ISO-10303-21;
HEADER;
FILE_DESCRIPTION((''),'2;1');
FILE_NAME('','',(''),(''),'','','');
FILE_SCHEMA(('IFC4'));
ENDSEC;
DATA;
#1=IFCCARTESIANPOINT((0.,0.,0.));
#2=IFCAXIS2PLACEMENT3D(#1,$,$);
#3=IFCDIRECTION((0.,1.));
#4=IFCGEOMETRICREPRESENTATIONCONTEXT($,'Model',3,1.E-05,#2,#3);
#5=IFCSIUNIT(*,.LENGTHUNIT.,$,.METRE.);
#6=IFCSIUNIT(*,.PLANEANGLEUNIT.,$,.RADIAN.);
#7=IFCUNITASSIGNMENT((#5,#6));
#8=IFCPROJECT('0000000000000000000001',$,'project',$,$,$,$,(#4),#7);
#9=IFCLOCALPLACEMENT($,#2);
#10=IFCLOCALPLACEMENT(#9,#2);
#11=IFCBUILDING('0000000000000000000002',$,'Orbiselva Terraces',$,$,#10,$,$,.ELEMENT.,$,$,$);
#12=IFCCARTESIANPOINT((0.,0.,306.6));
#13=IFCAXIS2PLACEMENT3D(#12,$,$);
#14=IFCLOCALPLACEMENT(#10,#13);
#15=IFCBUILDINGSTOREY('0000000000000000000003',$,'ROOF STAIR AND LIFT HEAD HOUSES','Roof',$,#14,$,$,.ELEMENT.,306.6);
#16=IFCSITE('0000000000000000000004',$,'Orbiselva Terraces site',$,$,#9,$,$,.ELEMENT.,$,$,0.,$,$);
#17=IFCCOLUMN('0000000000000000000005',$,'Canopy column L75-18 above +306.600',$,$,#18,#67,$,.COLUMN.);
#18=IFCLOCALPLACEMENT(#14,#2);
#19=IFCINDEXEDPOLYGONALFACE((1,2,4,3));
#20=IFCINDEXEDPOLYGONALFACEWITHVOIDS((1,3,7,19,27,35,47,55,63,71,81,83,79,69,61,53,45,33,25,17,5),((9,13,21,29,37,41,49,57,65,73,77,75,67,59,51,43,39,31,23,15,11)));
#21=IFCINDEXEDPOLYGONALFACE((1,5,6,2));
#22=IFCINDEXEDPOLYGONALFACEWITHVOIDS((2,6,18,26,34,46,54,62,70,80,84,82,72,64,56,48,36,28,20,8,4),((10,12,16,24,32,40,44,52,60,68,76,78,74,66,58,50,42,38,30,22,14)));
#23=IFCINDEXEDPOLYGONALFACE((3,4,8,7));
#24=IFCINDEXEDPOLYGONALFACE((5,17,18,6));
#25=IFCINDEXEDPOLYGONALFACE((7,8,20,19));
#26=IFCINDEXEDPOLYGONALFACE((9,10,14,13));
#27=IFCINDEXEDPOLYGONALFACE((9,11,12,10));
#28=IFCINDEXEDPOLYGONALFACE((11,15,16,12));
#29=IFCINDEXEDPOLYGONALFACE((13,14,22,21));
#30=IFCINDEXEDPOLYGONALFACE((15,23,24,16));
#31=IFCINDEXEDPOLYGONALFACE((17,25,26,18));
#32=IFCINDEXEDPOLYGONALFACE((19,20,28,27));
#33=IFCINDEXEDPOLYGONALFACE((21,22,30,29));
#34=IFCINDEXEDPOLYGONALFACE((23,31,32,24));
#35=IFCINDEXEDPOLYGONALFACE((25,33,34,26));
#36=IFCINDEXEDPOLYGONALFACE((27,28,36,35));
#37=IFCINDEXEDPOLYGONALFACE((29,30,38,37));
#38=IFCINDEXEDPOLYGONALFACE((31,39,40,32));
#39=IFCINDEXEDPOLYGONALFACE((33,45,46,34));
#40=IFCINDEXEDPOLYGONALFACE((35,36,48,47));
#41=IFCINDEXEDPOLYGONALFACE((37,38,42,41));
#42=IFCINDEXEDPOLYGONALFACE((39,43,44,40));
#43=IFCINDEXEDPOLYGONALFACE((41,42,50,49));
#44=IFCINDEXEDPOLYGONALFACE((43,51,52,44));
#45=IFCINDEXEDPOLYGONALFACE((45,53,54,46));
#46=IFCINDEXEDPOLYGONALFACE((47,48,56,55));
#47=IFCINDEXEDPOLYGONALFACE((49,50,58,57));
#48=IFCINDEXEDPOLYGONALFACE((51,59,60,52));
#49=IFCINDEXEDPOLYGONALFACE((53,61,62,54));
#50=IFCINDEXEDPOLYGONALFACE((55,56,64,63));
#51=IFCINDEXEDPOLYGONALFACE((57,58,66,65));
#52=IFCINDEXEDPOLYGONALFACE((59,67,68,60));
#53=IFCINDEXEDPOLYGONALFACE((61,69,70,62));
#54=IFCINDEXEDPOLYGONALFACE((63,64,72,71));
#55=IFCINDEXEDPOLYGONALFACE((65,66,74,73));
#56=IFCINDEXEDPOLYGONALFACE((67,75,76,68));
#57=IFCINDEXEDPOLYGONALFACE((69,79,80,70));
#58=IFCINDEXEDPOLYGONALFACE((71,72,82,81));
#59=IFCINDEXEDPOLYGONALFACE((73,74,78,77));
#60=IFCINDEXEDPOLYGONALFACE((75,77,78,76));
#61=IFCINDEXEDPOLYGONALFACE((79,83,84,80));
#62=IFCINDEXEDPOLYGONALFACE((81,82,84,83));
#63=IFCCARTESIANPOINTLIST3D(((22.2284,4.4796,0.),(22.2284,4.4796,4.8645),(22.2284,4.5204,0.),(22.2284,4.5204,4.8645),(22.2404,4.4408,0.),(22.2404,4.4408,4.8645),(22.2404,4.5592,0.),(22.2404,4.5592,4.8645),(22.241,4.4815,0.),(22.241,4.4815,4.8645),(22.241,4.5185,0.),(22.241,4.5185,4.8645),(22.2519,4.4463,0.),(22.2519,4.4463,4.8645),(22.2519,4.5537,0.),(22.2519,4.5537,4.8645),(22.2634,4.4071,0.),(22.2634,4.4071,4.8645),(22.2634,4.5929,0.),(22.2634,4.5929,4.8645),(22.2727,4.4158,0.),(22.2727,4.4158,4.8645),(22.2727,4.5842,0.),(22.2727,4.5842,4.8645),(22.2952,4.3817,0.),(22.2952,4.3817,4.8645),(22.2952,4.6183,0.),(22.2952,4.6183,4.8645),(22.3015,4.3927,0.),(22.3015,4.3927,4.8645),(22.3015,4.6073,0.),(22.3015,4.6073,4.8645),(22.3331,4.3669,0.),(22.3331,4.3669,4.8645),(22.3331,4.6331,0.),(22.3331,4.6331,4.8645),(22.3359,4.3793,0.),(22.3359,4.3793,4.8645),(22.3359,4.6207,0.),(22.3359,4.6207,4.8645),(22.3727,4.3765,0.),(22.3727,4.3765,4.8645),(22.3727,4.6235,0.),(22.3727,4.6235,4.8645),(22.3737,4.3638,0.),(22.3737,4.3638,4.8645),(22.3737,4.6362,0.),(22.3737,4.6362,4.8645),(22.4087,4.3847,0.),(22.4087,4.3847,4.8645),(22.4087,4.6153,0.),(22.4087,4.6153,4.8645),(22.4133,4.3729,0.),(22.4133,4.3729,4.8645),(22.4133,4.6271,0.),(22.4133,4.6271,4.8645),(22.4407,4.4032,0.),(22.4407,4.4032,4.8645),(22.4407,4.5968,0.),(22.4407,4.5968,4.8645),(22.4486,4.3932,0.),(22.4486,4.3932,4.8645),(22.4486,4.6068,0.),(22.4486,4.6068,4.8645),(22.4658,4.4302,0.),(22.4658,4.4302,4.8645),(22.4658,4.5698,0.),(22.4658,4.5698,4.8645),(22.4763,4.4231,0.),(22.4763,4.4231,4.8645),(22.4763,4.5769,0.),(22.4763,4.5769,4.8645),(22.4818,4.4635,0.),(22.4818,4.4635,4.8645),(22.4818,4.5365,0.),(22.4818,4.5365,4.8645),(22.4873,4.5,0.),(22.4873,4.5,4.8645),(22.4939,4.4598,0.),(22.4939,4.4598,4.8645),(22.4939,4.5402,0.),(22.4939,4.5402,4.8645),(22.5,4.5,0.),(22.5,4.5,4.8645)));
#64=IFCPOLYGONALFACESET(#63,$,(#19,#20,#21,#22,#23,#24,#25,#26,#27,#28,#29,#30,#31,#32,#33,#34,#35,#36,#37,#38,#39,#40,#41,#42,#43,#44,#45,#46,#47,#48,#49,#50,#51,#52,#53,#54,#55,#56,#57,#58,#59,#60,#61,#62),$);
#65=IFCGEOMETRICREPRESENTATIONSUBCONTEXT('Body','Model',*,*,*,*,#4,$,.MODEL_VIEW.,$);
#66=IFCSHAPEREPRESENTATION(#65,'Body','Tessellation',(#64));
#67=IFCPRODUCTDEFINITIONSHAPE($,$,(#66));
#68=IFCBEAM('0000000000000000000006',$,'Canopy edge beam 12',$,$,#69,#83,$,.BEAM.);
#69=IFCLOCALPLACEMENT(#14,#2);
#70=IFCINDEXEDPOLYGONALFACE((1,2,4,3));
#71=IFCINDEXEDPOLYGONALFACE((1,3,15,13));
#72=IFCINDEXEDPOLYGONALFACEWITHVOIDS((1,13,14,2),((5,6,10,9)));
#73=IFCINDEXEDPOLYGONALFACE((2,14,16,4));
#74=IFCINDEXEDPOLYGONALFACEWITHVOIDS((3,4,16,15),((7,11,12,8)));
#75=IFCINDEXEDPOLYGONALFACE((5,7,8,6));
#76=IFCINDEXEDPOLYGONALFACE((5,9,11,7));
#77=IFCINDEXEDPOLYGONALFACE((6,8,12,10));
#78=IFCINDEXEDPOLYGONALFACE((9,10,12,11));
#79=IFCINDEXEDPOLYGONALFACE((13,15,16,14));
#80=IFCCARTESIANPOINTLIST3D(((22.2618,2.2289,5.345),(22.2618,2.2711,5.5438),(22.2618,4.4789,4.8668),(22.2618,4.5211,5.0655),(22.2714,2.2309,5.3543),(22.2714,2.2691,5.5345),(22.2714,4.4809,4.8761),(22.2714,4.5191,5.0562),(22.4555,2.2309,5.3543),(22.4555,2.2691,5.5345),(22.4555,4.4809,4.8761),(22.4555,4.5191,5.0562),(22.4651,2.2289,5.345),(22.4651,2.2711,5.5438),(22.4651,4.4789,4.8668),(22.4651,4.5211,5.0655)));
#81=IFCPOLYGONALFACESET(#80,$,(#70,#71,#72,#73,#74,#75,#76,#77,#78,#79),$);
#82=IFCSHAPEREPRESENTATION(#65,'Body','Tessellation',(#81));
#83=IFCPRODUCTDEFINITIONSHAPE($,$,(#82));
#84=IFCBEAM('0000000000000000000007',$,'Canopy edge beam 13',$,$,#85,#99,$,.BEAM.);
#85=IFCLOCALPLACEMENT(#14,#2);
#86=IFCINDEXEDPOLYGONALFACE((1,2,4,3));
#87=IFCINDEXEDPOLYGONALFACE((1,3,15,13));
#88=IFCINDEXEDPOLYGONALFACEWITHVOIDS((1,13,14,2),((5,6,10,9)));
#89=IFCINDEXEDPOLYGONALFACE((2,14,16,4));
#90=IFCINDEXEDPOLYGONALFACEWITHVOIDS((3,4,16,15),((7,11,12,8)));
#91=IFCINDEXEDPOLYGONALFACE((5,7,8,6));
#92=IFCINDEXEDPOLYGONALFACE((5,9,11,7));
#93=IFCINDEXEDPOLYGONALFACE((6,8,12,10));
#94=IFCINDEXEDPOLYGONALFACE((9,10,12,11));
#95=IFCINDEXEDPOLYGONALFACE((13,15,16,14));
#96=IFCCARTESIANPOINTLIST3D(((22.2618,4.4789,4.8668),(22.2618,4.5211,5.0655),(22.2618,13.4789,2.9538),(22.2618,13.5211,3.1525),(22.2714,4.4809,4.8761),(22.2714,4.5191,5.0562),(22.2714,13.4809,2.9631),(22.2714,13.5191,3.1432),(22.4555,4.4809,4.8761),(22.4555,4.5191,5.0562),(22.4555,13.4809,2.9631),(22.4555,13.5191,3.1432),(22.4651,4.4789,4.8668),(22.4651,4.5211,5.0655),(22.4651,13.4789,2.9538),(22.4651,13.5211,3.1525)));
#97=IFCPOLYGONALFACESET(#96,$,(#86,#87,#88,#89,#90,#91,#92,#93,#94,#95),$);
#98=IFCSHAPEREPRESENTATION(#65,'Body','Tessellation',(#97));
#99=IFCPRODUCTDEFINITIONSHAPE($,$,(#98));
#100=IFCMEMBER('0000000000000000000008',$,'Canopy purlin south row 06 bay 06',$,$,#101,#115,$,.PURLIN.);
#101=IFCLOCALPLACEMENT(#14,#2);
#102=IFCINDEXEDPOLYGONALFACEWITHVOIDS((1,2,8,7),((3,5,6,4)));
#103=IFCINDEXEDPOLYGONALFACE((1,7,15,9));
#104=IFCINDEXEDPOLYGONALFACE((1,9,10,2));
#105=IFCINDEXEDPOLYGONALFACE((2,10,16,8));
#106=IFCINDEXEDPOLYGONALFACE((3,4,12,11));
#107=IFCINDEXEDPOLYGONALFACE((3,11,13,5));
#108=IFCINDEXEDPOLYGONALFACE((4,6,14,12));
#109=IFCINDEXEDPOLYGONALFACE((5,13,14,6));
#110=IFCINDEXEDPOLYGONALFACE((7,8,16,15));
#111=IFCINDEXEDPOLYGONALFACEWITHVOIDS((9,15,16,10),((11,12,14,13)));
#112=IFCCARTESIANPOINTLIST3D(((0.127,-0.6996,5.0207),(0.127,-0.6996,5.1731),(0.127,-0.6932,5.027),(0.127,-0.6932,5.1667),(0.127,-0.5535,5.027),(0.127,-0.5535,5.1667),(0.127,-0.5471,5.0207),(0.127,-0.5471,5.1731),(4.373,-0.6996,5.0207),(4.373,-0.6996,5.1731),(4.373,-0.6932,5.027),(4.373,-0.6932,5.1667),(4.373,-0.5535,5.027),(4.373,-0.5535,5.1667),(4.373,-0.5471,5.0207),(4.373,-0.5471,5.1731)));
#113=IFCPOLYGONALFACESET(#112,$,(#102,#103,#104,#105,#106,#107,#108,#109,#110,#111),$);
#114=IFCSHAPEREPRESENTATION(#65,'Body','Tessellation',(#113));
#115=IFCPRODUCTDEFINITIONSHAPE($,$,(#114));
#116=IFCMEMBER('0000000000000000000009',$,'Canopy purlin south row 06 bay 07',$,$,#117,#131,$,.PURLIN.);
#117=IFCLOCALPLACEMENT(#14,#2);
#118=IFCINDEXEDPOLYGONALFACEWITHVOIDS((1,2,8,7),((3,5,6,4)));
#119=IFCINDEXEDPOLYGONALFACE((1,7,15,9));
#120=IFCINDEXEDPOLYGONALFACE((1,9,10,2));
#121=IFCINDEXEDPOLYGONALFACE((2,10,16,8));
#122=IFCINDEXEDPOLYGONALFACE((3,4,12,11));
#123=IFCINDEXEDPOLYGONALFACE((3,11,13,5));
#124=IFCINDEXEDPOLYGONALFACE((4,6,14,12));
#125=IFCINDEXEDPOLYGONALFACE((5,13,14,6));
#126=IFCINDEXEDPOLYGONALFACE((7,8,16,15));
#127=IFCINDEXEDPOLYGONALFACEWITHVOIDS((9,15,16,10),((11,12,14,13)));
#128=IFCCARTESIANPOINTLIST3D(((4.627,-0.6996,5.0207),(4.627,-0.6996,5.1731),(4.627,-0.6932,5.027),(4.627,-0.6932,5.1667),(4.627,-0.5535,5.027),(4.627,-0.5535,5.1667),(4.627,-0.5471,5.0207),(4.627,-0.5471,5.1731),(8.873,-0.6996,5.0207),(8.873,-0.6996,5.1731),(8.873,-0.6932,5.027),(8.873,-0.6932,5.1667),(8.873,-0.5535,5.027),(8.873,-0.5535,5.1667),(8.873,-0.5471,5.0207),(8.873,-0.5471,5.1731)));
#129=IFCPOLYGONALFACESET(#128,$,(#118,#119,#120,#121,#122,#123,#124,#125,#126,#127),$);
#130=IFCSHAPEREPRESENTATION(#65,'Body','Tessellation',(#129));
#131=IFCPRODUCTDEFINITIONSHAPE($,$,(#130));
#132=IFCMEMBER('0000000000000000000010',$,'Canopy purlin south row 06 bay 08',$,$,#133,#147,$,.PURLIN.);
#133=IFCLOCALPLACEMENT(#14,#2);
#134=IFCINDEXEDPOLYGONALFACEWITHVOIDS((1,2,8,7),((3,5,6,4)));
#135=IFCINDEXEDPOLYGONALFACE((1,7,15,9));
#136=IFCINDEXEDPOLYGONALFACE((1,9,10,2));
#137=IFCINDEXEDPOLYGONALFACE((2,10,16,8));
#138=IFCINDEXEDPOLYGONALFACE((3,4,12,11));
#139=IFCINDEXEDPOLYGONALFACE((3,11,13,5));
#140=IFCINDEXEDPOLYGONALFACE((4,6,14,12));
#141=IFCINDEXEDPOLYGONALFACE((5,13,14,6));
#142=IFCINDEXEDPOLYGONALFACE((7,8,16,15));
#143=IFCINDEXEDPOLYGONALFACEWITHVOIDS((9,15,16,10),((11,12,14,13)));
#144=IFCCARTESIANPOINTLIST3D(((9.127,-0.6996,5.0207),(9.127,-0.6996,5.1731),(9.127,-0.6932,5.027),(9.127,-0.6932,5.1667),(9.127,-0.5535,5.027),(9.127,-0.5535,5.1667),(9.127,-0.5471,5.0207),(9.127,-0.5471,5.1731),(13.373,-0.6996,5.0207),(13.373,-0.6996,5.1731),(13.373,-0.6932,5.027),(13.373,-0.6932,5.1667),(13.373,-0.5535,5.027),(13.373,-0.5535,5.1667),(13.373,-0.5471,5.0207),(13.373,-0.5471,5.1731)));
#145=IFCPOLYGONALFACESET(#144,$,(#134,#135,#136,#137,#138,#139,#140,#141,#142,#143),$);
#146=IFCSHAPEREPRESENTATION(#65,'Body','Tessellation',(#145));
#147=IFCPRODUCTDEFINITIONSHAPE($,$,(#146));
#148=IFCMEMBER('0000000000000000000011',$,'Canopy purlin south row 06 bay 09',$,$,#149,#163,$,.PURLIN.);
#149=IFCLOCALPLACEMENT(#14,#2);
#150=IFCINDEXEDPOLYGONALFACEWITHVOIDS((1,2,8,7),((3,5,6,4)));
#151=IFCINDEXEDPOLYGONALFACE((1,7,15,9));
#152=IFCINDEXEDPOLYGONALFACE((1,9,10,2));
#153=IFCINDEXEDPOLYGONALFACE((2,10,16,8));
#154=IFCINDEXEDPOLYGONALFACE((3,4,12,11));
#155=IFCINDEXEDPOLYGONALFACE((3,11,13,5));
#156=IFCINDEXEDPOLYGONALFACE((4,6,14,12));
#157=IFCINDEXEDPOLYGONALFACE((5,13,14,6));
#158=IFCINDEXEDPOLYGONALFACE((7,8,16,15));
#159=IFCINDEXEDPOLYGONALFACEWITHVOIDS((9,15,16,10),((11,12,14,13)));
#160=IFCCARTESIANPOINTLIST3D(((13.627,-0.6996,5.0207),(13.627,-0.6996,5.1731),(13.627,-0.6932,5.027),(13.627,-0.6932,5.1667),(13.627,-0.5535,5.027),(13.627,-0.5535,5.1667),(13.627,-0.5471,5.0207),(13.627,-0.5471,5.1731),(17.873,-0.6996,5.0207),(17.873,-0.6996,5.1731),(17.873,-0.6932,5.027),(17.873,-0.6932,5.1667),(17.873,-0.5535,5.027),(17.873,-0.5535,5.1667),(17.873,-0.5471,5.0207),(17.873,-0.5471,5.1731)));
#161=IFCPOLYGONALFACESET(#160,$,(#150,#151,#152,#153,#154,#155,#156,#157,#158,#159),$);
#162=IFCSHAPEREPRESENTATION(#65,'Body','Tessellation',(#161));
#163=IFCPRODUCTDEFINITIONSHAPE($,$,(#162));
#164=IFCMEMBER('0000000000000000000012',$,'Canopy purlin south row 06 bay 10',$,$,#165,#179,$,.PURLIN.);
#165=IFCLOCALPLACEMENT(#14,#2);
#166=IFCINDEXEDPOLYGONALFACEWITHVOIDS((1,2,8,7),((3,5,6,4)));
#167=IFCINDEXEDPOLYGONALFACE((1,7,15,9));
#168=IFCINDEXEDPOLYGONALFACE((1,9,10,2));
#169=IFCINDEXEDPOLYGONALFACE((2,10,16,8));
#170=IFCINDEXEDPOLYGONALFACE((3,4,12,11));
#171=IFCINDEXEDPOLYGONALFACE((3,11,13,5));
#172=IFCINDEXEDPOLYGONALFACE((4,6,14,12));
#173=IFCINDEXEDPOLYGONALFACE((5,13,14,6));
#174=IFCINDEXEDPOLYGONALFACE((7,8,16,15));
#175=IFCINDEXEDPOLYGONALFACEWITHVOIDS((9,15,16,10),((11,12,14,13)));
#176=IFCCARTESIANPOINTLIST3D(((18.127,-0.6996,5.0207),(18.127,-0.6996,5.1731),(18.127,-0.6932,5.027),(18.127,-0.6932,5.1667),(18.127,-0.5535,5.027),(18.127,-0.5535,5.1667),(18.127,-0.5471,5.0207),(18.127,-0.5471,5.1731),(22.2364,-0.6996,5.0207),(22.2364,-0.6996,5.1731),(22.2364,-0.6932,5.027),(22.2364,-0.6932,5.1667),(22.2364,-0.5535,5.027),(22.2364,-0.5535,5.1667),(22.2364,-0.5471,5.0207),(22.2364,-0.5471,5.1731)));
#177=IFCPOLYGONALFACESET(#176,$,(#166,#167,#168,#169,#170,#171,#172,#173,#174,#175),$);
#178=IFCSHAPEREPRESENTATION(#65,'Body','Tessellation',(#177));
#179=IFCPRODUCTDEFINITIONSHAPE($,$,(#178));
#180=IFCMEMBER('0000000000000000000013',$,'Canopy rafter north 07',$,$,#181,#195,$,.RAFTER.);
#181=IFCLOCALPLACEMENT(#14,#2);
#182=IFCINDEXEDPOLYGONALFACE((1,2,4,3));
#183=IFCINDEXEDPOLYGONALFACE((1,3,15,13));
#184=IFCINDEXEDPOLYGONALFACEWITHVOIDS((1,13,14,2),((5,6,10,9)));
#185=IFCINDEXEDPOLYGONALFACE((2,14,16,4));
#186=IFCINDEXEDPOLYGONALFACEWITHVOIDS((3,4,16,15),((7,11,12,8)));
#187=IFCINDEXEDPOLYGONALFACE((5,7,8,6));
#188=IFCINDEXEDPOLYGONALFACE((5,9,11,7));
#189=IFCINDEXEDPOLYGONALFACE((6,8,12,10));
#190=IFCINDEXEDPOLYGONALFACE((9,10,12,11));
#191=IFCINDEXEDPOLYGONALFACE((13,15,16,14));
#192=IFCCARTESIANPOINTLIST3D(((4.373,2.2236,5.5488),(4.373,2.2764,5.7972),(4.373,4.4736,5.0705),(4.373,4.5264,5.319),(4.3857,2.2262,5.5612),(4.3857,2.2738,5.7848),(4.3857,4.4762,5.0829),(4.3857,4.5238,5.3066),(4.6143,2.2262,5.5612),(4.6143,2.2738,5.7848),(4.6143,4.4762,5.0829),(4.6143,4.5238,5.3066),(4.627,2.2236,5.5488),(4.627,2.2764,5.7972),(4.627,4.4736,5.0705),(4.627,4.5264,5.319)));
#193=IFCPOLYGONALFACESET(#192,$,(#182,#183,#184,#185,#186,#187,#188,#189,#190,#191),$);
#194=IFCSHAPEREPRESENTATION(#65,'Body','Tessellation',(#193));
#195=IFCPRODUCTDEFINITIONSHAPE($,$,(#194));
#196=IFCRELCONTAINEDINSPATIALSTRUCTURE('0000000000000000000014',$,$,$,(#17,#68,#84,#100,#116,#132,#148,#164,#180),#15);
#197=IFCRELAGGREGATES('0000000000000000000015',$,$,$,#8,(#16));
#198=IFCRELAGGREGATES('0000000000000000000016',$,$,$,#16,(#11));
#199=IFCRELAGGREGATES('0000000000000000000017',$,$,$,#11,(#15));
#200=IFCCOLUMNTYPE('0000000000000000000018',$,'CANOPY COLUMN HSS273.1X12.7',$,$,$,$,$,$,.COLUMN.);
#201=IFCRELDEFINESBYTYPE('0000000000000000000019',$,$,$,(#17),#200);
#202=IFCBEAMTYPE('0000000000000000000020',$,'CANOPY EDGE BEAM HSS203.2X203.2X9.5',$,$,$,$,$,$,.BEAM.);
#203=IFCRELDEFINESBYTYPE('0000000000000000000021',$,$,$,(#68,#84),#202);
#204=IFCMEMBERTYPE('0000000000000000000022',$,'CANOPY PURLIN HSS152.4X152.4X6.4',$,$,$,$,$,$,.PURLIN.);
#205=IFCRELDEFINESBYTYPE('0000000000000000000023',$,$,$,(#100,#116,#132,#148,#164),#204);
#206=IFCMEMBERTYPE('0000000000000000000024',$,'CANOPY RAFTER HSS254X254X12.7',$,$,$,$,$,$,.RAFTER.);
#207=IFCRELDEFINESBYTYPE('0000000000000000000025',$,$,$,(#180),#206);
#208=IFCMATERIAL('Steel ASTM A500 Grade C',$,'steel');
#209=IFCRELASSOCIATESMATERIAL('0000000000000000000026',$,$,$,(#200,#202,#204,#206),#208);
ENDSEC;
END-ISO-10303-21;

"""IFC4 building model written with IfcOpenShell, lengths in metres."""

from ifc_helpers import new_model, si_unit, direction, frame, origin, origin_2d, place, context, subcontext, project, spatial, hollow_rectangle, hollow_circle, extrude, material, material_profile, profile_set, type_object, element, save


model = new_model("IFC4")

# Units and contexts
model_context = context("Model", 3, precision=1e-05, world=origin(), true_north=direction((0.0, 1.0)))
body_context = subcontext(model_context, "Body", "Model", "MODEL_VIEW")
ifc_project = project(units=[si_unit("LENGTHUNIT", "METRE"), si_unit("PLANEANGLEUNIT", "RADIAN")], contexts=[model_context])

# Site, building, storey
site_placement = place(None, origin())
site = spatial("IfcSite", under=ifc_project, at=site_placement, Name="Orbiselva Terraces site", CompositionType="ELEMENT", RefElevation=0.0)
building_placement = place(site_placement, origin())
building = spatial("IfcBuilding", under=site, at=building_placement, Name="Orbiselva Terraces", CompositionType="ELEMENT")
storey_placement = place(building_placement, frame((0.0, 0.0, 306.6)))
storey = spatial("IfcBuildingStorey", under=building, at=storey_placement, Name="ROOF STAIR AND LIFT HEAD HOUSES", Description="Roof", CompositionType="ELEMENT", Elevation=306.6)

# Column
ifc_material_1 = material(Name="Steel ASTM A500 Grade C", Category="steel")
ifc_material_profile_1 = material_profile(ifc_material_1, hollow_circle(Radius=0.1366, WallThickness=0.0127, at=origin_2d()), Name="HSS273.1X12.7")
ifc_profile_set_1 = profile_set([ifc_material_profile_1], Name="Steel ASTM A500 Grade C")
column_type = type_object("IfcColumnType", Name="CANOPY COLUMN HSS273.1X12.7", PredefinedType="COLUMN", material=ifc_profile_set_1)
column_placement = place(storey_placement, frame((22.3635, 4.5, 0.0), z_axis=(0.0, 0.0, 1.0), x_axis=(1.0, 0.0, 0.0)))
element("IfcColumn", 1, at=column_placement, inside=storey, type_object=column_type, Name="Canopy column L75-18 above +306.600", PredefinedType="COLUMN", context=body_context, shape_type="SweptSolid", body=[
    extrude(hollow_circle(Radius=0.1366, WallThickness=0.0127, at=origin_2d()), origin(), (0.0, 0.0, 1.0), 4.8645),
])

# Beams
ifc_material_profile_2 = material_profile(ifc_material_1, hollow_rectangle(XDim=0.2032, YDim=0.2032, WallThickness=0.0095, at=origin_2d()), Name="HSS203.2X203.2X9.5")
ifc_profile_set_2 = profile_set([ifc_material_profile_2], Name="Steel ASTM A500 Grade C")
beam_type_1 = type_object("IfcBeamType", Name="CANOPY EDGE BEAM HSS203.2X203.2X9.5", PredefinedType="BEAM", material=ifc_profile_set_2)
beam_1_placement = place(storey_placement, frame((22.3635, 2.25, 5.4444), z_axis=(0.0, 0.978148, -0.207912), x_axis=(-1.0, 0.0, 0.0)))
element("IfcBeam", 2, at=beam_1_placement, inside=storey, type_object=beam_type_1, Name="Canopy edge beam 12", PredefinedType="BEAM", context=body_context, shape_type="SweptSolid", body=[
    extrude(hollow_rectangle(XDim=0.2032, YDim=0.2032, WallThickness=0.0095, at=origin_2d()), origin(), (0.0, 0.0, 1.0), 2.3003),
])
beam_2_placement = place(storey_placement, frame((22.3635, 4.5, 4.9661), z_axis=(0.0, 0.978148, -0.207912), x_axis=(-1.0, 0.0, 0.0)))
element("IfcBeam", 3, at=beam_2_placement, inside=storey, type_object=beam_type_1, Name="Canopy edge beam 13", PredefinedType="BEAM", context=body_context, shape_type="SweptSolid", body=[
    extrude(hollow_rectangle(XDim=0.2032, YDim=0.2032, WallThickness=0.0095, at=origin_2d()), origin(), (0.0, 0.0, 1.0), 9.2011),
])

# Members
ifc_material_profile_3 = material_profile(ifc_material_1, hollow_rectangle(XDim=0.1524, YDim=0.1524, WallThickness=0.0063, at=origin_2d()), Name="HSS152.4X152.4X6.4")
ifc_profile_set_3 = profile_set([ifc_material_profile_3], Name="Steel ASTM A500 Grade C")
member_type_1 = type_object("IfcMemberType", Name="CANOPY PURLIN HSS152.4X152.4X6.4", PredefinedType="PURLIN", material=ifc_profile_set_3)
for number, where, z_axis, x_axis, name in (
    (4, (0.127, -0.6233, 5.0969), (1.0, 0.0, 0.0), (0.0, 1.0, 0.0), "Canopy purlin south row 06 bay 06"),
    (5, (4.627, -0.6233, 5.0969), (1.0, 0.0, 0.0), (0.0, 1.0, 0.0), "Canopy purlin south row 06 bay 07"),
    (6, (9.127, -0.6233, 5.0969), (1.0, 0.0, 0.0), (0.0, 1.0, 0.0), "Canopy purlin south row 06 bay 08"),
    (7, (13.627, -0.6233, 5.0969), (1.0, 0.0, 0.0), (0.0, 1.0, 0.0), "Canopy purlin south row 06 bay 09"),
):
    element("IfcMember", number, at=place(storey_placement, frame(where, z_axis=z_axis, x_axis=x_axis)), inside=storey, type_object=member_type_1, Name=name, PredefinedType="PURLIN", context=body_context, shape_type="SweptSolid", body=[
        extrude(hollow_rectangle(XDim=0.1524, YDim=0.1524, WallThickness=0.0063, at=origin_2d()), origin(), (0.0, 0.0, 1.0), 4.246),
    ])
member_placement = place(storey_placement, frame((18.127, -0.6233, 5.0969), z_axis=(1.0, 0.0, 0.0), x_axis=(0.0, 1.0, 0.0)))
element("IfcMember", 8, at=member_placement, inside=storey, type_object=member_type_1, Name="Canopy purlin south row 06 bay 10", PredefinedType="PURLIN", context=body_context, shape_type="SweptSolid", body=[
    extrude(hollow_rectangle(XDim=0.1524, YDim=0.1524, WallThickness=0.0063, at=origin_2d()), origin(), (0.0, 0.0, 1.0), 4.1094),
])
ifc_material_profile_4 = material_profile(ifc_material_1, hollow_rectangle(XDim=0.254, YDim=0.254, WallThickness=0.0127, at=origin_2d()), Name="HSS254X254X12.7")
ifc_profile_set_4 = profile_set([ifc_material_profile_4], Name="Steel ASTM A500 Grade C")
member_type_2 = type_object("IfcMemberType", Name="CANOPY RAFTER HSS254X254X12.7", PredefinedType="RAFTER", material=ifc_profile_set_4)
for number, where, z_axis, x_axis, name in (
    (9, (4.5, 2.25, 5.673), (0.0, 0.978148, -0.207912), (-1.0, 0.0, 0.0), "Canopy rafter north 07"),
):
    element("IfcMember", number, at=place(storey_placement, frame(where, z_axis=z_axis, x_axis=x_axis)), inside=storey, type_object=member_type_2, Name=name, PredefinedType="RAFTER", context=body_context, shape_type="SweptSolid", body=[
        extrude(hollow_rectangle(XDim=0.254, YDim=0.254, WallThickness=0.0127, at=origin_2d()), origin(), (0.0, 0.0, 1.0), 2.3003),
    ])

save(model, "model.ifc")
